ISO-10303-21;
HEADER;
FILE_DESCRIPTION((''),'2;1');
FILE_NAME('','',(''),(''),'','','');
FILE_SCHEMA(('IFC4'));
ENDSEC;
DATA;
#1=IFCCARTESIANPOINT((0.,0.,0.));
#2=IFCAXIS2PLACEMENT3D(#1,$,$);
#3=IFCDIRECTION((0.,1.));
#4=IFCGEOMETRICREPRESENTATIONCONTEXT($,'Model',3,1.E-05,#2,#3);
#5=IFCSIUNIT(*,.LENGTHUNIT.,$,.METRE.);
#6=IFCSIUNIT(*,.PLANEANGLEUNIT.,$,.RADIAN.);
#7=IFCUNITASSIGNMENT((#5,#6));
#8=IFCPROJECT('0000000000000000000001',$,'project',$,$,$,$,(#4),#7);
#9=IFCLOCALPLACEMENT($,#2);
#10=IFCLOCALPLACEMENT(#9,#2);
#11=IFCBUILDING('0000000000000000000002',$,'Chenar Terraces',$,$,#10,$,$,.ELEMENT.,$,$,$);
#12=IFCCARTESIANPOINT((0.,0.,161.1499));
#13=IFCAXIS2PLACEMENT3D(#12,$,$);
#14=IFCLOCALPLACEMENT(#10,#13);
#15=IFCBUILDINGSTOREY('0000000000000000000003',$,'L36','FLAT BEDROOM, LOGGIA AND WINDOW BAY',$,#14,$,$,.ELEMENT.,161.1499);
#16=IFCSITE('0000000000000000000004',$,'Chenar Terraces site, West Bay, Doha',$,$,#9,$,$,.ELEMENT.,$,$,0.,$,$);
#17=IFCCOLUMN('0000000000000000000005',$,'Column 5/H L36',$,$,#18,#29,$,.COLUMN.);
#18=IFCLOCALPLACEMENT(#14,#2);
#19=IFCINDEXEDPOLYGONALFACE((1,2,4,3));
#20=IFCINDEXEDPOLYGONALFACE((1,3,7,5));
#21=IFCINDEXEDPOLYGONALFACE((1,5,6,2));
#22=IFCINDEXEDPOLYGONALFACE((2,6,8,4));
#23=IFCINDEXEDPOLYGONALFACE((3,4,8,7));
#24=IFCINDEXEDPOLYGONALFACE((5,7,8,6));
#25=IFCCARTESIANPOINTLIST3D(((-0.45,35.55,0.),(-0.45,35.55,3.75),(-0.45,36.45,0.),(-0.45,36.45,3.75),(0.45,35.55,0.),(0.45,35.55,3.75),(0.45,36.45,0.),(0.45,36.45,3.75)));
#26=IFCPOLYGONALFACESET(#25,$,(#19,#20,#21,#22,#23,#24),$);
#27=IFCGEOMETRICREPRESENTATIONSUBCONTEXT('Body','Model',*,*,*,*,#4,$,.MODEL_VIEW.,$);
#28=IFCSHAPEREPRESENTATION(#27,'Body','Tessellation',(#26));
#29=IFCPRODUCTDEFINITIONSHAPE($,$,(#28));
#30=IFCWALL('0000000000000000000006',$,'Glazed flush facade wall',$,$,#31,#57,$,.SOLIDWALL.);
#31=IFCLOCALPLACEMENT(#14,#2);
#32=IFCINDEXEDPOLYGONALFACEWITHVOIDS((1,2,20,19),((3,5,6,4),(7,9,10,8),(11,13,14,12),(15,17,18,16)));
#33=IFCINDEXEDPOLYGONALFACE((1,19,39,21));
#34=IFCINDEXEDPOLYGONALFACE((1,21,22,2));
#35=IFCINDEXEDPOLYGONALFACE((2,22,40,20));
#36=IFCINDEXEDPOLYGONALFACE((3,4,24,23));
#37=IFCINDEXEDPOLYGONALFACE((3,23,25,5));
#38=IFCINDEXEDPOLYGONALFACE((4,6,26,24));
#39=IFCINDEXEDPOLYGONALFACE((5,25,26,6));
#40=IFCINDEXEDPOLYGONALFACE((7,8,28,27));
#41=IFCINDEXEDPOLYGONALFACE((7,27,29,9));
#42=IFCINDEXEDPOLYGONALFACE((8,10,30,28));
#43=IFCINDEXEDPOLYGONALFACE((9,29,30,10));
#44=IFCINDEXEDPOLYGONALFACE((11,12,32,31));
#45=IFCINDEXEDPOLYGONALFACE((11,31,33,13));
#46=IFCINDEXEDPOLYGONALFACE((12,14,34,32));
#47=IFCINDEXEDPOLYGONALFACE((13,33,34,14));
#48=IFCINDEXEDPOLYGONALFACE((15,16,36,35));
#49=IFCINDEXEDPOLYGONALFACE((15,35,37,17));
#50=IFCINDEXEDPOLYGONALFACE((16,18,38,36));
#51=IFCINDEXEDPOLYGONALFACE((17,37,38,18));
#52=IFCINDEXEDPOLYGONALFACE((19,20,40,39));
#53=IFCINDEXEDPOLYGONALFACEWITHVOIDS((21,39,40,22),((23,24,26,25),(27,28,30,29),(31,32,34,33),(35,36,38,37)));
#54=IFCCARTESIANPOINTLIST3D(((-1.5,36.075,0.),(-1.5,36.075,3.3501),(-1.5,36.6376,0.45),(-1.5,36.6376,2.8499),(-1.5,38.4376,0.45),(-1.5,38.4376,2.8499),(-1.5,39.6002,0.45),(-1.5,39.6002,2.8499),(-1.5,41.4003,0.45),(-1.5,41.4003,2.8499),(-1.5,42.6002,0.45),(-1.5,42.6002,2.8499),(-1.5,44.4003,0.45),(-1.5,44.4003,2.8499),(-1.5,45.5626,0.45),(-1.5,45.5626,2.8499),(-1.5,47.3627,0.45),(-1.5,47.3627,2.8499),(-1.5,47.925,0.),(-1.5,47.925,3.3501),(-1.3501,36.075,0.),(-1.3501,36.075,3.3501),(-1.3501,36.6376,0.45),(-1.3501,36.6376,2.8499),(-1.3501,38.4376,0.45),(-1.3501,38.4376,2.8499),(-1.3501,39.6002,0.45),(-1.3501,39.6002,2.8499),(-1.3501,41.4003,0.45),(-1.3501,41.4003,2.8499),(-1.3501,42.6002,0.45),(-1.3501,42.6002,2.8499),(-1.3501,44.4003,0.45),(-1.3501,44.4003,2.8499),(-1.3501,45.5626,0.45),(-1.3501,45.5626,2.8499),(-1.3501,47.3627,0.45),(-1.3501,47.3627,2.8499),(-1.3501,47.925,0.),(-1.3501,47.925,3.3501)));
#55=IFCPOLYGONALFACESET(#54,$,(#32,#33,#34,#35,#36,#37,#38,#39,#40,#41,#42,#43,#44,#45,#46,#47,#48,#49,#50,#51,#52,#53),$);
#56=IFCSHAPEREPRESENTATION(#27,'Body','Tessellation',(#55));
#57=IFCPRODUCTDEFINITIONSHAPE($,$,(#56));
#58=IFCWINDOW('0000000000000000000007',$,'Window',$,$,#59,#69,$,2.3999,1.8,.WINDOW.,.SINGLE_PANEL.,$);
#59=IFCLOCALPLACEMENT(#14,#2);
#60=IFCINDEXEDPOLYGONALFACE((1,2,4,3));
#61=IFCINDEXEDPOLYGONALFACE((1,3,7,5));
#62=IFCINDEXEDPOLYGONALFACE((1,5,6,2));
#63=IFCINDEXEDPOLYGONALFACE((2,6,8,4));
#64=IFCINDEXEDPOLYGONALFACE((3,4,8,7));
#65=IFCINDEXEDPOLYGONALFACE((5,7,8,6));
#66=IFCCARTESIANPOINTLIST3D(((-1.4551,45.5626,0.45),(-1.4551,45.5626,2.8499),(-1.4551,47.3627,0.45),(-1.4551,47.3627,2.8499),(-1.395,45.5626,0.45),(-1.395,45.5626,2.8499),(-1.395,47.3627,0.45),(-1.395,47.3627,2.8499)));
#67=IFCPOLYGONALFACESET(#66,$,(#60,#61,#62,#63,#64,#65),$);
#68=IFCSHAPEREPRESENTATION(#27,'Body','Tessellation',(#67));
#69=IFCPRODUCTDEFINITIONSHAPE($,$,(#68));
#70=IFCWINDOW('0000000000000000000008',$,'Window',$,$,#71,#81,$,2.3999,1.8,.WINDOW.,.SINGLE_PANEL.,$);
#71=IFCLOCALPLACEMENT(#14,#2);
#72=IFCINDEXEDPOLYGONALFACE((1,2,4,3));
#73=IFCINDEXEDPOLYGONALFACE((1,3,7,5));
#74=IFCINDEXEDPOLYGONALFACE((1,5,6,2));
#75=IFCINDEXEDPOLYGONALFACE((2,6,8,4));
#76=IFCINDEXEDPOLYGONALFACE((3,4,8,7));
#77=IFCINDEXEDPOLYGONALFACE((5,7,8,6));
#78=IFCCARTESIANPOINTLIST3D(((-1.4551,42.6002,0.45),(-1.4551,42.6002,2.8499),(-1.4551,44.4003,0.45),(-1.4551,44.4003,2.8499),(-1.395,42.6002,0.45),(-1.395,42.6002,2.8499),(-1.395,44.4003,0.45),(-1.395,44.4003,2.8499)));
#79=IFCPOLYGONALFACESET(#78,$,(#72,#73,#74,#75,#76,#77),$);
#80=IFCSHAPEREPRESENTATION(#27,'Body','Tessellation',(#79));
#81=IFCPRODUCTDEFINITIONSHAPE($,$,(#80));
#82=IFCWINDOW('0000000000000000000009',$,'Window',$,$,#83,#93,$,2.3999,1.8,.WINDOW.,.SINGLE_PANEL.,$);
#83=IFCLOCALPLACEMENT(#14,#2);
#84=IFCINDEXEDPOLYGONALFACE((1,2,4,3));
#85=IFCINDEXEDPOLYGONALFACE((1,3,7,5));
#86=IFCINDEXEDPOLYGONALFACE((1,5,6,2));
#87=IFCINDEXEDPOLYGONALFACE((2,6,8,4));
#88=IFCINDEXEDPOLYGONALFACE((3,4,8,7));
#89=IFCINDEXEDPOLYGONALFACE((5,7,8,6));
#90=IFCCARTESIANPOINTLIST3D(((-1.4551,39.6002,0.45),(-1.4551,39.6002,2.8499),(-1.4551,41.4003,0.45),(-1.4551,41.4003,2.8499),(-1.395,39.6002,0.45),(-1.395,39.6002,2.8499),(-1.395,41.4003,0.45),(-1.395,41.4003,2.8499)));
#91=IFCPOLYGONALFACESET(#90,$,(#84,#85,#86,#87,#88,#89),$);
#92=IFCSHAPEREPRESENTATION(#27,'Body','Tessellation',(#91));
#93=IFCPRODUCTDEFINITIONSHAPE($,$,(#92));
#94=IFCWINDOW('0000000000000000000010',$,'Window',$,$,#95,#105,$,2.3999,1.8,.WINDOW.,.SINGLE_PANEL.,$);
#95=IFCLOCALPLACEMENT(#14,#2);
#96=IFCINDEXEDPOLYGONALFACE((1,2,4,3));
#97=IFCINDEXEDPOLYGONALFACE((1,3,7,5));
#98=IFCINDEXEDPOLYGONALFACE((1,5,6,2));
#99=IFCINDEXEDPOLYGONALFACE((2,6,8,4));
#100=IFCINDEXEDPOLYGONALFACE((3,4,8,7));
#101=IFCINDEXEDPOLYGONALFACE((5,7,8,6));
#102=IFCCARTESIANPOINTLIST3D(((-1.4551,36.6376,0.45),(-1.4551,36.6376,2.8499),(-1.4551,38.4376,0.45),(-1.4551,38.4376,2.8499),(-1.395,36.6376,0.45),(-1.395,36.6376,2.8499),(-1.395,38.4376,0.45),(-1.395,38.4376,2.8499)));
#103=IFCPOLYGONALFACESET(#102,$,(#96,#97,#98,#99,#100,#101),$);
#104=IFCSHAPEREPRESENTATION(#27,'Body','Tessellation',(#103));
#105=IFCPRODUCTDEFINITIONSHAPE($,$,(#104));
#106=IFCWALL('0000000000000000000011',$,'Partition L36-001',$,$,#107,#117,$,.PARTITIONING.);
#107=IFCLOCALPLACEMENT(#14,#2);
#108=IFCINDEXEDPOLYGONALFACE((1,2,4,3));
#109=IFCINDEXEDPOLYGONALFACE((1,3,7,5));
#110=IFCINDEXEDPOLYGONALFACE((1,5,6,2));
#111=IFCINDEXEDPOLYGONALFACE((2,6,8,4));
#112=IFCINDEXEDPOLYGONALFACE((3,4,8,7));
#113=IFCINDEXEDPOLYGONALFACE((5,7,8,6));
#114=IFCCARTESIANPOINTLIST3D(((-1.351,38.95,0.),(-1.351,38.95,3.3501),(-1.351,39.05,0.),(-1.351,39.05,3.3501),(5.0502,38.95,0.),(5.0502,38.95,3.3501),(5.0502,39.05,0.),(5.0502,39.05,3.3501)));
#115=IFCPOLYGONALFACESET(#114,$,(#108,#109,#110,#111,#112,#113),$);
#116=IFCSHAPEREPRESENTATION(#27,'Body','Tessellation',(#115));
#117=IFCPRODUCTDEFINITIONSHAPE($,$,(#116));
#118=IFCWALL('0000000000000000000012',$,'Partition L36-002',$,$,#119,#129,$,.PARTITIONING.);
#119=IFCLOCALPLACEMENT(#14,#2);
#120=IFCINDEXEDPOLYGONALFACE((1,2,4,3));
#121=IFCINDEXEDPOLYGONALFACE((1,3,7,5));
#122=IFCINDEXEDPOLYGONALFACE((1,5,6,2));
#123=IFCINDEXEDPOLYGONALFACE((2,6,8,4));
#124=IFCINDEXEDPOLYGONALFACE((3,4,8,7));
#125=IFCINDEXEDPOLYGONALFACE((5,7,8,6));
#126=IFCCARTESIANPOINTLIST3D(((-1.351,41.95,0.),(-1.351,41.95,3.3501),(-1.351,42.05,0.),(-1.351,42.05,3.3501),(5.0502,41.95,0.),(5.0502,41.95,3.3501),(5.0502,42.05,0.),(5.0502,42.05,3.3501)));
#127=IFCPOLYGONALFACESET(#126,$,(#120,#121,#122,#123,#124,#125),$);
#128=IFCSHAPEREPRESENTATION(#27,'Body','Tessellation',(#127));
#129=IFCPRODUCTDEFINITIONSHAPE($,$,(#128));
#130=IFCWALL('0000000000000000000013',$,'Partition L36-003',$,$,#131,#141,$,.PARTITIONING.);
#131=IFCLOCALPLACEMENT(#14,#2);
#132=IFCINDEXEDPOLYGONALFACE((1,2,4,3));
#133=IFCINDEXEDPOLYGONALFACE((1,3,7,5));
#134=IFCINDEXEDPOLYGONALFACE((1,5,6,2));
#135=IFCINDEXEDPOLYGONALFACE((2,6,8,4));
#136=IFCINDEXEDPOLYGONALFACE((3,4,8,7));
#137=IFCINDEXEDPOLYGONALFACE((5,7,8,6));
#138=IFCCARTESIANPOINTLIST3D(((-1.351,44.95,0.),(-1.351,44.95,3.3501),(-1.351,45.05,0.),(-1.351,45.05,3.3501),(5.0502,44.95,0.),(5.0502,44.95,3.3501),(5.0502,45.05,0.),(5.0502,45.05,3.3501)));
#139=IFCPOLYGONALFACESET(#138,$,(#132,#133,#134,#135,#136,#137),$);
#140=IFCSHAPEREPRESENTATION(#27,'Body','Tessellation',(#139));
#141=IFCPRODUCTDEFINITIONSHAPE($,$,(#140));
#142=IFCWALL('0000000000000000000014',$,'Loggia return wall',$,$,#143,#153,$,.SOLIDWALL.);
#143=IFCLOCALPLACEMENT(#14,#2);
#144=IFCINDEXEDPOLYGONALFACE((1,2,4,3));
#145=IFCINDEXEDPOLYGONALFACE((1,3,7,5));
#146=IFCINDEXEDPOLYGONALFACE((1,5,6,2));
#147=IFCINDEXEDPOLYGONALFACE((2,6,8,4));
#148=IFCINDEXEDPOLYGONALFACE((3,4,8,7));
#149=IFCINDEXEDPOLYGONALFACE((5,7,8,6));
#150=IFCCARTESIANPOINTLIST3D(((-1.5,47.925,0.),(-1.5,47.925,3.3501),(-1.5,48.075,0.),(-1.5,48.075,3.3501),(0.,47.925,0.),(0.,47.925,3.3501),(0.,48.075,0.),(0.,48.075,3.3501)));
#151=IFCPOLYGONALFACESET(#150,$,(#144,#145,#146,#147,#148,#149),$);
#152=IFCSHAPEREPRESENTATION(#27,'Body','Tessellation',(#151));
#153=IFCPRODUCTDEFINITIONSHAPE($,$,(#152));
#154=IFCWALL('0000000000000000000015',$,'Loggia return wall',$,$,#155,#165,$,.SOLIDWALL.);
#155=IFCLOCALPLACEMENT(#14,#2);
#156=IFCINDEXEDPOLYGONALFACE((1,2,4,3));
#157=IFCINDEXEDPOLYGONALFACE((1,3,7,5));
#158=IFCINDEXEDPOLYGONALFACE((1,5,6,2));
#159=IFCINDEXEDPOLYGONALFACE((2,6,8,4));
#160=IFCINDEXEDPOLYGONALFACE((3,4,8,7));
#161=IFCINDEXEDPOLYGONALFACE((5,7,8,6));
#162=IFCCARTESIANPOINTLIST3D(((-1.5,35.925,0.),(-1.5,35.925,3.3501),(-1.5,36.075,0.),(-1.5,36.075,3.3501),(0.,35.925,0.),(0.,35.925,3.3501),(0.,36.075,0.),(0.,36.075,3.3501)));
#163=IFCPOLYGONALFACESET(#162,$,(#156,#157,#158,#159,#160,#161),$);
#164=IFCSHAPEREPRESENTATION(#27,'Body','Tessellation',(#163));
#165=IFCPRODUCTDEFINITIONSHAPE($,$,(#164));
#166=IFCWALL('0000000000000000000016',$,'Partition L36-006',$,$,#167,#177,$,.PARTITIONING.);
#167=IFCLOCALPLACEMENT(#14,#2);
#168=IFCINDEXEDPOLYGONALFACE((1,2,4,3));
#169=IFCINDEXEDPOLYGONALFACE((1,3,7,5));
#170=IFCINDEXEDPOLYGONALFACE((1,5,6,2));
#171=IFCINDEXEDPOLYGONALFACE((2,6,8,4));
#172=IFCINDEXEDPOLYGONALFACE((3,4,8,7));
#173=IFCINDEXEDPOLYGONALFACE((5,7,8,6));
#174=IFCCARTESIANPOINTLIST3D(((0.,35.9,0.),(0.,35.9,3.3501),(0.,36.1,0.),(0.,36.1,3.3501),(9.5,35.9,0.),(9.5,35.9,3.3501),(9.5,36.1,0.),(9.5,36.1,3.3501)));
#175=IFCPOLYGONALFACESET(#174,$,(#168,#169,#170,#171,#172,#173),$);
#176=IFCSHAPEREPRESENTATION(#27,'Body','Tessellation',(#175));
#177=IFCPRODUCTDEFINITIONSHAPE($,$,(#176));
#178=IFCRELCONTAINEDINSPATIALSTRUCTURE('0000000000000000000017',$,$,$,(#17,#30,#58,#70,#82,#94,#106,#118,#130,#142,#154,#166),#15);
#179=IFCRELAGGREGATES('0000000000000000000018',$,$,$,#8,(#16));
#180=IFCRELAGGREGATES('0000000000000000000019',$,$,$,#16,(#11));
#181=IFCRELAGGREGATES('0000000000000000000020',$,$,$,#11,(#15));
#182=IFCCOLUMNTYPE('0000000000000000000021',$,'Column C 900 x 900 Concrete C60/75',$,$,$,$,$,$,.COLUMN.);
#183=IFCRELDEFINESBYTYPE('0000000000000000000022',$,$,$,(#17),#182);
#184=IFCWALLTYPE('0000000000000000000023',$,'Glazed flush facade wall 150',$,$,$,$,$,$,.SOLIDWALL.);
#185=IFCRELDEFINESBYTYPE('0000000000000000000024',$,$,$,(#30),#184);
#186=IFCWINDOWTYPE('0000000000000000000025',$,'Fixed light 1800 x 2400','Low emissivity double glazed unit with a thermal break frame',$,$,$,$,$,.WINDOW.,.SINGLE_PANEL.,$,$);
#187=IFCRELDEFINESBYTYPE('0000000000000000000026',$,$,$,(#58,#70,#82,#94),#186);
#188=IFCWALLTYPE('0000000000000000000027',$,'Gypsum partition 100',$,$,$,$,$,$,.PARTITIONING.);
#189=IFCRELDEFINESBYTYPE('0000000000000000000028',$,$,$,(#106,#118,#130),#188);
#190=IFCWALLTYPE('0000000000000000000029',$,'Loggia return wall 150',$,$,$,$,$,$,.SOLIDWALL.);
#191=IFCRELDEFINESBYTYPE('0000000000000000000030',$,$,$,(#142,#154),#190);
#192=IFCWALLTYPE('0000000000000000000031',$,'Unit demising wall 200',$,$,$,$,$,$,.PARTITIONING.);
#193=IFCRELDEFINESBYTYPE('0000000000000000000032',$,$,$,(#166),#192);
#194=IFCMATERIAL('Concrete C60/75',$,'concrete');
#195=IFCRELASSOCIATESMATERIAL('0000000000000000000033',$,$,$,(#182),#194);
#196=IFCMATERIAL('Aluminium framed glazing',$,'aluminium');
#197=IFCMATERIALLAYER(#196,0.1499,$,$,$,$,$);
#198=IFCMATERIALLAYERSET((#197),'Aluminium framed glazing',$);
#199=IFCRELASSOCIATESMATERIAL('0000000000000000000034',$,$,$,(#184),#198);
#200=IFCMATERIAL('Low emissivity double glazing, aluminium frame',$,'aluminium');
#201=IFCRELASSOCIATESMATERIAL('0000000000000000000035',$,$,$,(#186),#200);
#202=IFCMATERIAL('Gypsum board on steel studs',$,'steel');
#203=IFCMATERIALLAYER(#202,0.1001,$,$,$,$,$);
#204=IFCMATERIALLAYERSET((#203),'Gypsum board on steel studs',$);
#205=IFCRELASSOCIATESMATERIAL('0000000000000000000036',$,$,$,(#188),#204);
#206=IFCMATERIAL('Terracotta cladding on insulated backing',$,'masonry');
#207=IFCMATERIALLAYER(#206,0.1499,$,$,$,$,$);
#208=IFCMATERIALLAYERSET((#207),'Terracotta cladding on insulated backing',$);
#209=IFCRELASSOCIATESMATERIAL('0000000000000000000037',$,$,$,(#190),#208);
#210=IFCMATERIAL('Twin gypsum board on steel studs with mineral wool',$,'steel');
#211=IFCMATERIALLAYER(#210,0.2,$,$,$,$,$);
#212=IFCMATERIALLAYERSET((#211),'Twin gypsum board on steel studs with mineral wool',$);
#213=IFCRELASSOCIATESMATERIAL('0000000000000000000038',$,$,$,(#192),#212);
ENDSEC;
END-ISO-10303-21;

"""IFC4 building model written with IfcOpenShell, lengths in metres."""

from ifc_helpers import new_model, si_unit, direction, frame, frame_2d, origin, origin_2d, place, context, subcontext, project, spatial, rectangle, extrude, material, layer, layer_set, material_profile, profile_set, type_object, element, fill, save


model = new_model("IFC4")

# Units and contexts
model_context = context("Model", 3, precision=1e-05, world=origin(), true_north=direction((0.0, 1.0)))
body_context = subcontext(model_context, "Body", "Model", "MODEL_VIEW")
ifc_project = project(units=[si_unit("LENGTHUNIT", "METRE"), si_unit("PLANEANGLEUNIT", "RADIAN")], contexts=[model_context])

# Site, building, storey
site_placement = place(None, origin())
site = spatial("IfcSite", under=ifc_project, at=site_placement, Name="Chenar Terraces site, West Bay, Doha", CompositionType="ELEMENT", RefElevation=0.0)
building_placement = place(site_placement, origin())
building = spatial("IfcBuilding", under=site, at=building_placement, Name="Chenar Terraces", CompositionType="ELEMENT")
storey_placement = place(building_placement, frame((0.0, 0.0, 161.1499)))
storey = spatial("IfcBuildingStorey", under=building, at=storey_placement, Name="L36", Description="FLAT BEDROOM, LOGGIA AND WINDOW BAY", CompositionType="ELEMENT", Elevation=161.1499)

# Column
ifc_material_1 = material(Name="Concrete C60/75", Category="concrete")
ifc_material_profile = material_profile(ifc_material_1, rectangle(XDim=0.8999, YDim=0.8999, at=origin_2d()), Name="C 900 x 900")
ifc_profile_set = profile_set([ifc_material_profile], Name="Concrete C60/75")
column_type = type_object("IfcColumnType", Name="Column C 900 x 900 Concrete C60/75", PredefinedType="COLUMN", material=ifc_profile_set)
placement = place(storey_placement, frame((0.0, 36.0, 0.0), z_axis=(0.0, 0.0, 1.0), x_axis=(1.0, 0.0, 0.0)))
element("IfcColumn", 1, at=placement, inside=storey, type_object=column_type, Name="Column 5/H L36", PredefinedType="COLUMN", context=body_context, shape_type="SweptSolid", body=[
    extrude(rectangle(XDim=0.8999, YDim=0.8999, at=origin_2d()), origin(), (0.0, 0.0, 1.0), 3.75),
])

# Wall, openings, windows
ifc_material_2 = material(Name="Aluminium framed glazing", Category="aluminium")
ifc_layer_1 = layer(ifc_material_2, 0.1499)
ifc_layer_set_1 = layer_set([ifc_layer_1], Name="Aluminium framed glazing")
wall_type_1 = type_object("IfcWallType", Name="Glazed flush facade wall 150", PredefinedType="SOLIDWALL", material=ifc_layer_set_1)
wall_1_placement = place(storey_placement, frame((-1.425, 47.925, 0.0), z_axis=(0.0, 0.0, 1.0), x_axis=(0.0, -1.0, 0.0)))
wall_1 = element("IfcWall", 2, at=wall_1_placement, inside=storey, type_object=wall_type_1, Name="Glazed flush facade wall", PredefinedType="SOLIDWALL", context=body_context, shape_type="SweptSolid", body=[
    extrude(rectangle(XDim=11.8501, YDim=0.1499, at=frame_2d((5.925, 0.0))), origin(), (0.0, 0.0, 1.0), 3.3501),
])
opening_1_placement = place(wall_1_placement, frame((0.5625, 0.0, 0.45)))
opening_1 = element("IfcOpeningElement", 3, at=opening_1_placement, cuts=wall_1, PredefinedType="OPENING", context=body_context, shape_type="SweptSolid", body=[
    extrude(rectangle(XDim=1.8, YDim=2.3999, at=frame_2d((0.8999, 1.2))), frame((0.0, 0.085, 0.0), z_axis=(0.0, -1.0, 0.0), x_axis=(1.0, 0.0, 0.0)), (0.0, 0.0, 1.0), 0.1699),
])
opening_2_placement = place(wall_1_placement, frame((3.5249, 0.0, 0.45)))
opening_2 = element("IfcOpeningElement", 4, at=opening_2_placement, cuts=wall_1, PredefinedType="OPENING", context=body_context, shape_type="SweptSolid", body=[
    extrude(rectangle(XDim=1.8, YDim=2.3999, at=frame_2d((0.8999, 1.2))), frame((0.0, 0.085, 0.0), z_axis=(0.0, -1.0, 0.0), x_axis=(1.0, 0.0, 0.0)), (0.0, 0.0, 1.0), 0.1699),
])
opening_3_placement = place(wall_1_placement, frame((6.5249, 0.0, 0.45)))
opening_3 = element("IfcOpeningElement", 5, at=opening_3_placement, cuts=wall_1, PredefinedType="OPENING", context=body_context, shape_type="SweptSolid", body=[
    extrude(rectangle(XDim=1.8, YDim=2.3999, at=frame_2d((0.8999, 1.2))), frame((0.0, 0.085, 0.0), z_axis=(0.0, -1.0, 0.0), x_axis=(1.0, 0.0, 0.0)), (0.0, 0.0, 1.0), 0.1699),
])
opening_4_placement = place(wall_1_placement, frame((9.4875, 0.0, 0.45)))
opening_4 = element("IfcOpeningElement", 6, at=opening_4_placement, cuts=wall_1, PredefinedType="OPENING", context=body_context, shape_type="SweptSolid", body=[
    extrude(rectangle(XDim=1.8, YDim=2.3999, at=frame_2d((0.8999, 1.2))), frame((0.0, 0.085, 0.0), z_axis=(0.0, -1.0, 0.0), x_axis=(1.0, 0.0, 0.0)), (0.0, 0.0, 1.0), 0.1699),
])
ifc_material_3 = material(Name="Low emissivity double glazing, aluminium frame", Category="aluminium")
window_type = type_object("IfcWindowType", Name="Fixed light 1800 x 2400", Description="Low emissivity double glazed unit with a thermal break frame", PartitioningType="SINGLE_PANEL", PredefinedType="WINDOW", material=ifc_material_3)
window_1_placement = place(opening_1_placement, origin())
window_1 = element("IfcWindow", 7, at=window_1_placement, inside=storey, type_object=window_type, Name="Window", OverallHeight=2.3999, OverallWidth=1.8, PartitioningType="SINGLE_PANEL", PredefinedType="WINDOW", context=body_context, shape_type="SweptSolid", body=[
    extrude(rectangle(XDim=1.8, YDim=2.3999, at=frame_2d((0.8999, 1.2))), frame((0.0, 0.03, 0.0), z_axis=(0.0, -1.0, 0.0), x_axis=(1.0, 0.0, 0.0)), (0.0, 0.0, 1.0), 0.0601),
])
fill(opening_1, window_1)
window_2_placement = place(opening_2_placement, origin())
window_2 = element("IfcWindow", 8, at=window_2_placement, inside=storey, type_object=window_type, Name="Window", OverallHeight=2.3999, OverallWidth=1.8, PartitioningType="SINGLE_PANEL", PredefinedType="WINDOW", context=body_context, shape_type="SweptSolid", body=[
    extrude(rectangle(XDim=1.8, YDim=2.3999, at=frame_2d((0.8999, 1.2))), frame((0.0, 0.03, 0.0), z_axis=(0.0, -1.0, 0.0), x_axis=(1.0, 0.0, 0.0)), (0.0, 0.0, 1.0), 0.0601),
])
fill(opening_2, window_2)
window_3_placement = place(opening_3_placement, origin())
window_3 = element("IfcWindow", 9, at=window_3_placement, inside=storey, type_object=window_type, Name="Window", OverallHeight=2.3999, OverallWidth=1.8, PartitioningType="SINGLE_PANEL", PredefinedType="WINDOW", context=body_context, shape_type="SweptSolid", body=[
    extrude(rectangle(XDim=1.8, YDim=2.3999, at=frame_2d((0.8999, 1.2))), frame((0.0, 0.03, 0.0), z_axis=(0.0, -1.0, 0.0), x_axis=(1.0, 0.0, 0.0)), (0.0, 0.0, 1.0), 0.0601),
])
fill(opening_3, window_3)
window_4_placement = place(opening_4_placement, origin())
window_4 = element("IfcWindow", 10, at=window_4_placement, inside=storey, type_object=window_type, Name="Window", OverallHeight=2.3999, OverallWidth=1.8, PartitioningType="SINGLE_PANEL", PredefinedType="WINDOW", context=body_context, shape_type="SweptSolid", body=[
    extrude(rectangle(XDim=1.8, YDim=2.3999, at=frame_2d((0.8999, 1.2))), frame((0.0, 0.03, 0.0), z_axis=(0.0, -1.0, 0.0), x_axis=(1.0, 0.0, 0.0)), (0.0, 0.0, 1.0), 0.0601),
])
fill(opening_4, window_4)

# Walls
ifc_material_4 = material(Name="Gypsum board on steel studs", Category="steel")
ifc_layer_2 = layer(ifc_material_4, 0.1001)
ifc_layer_set_2 = layer_set([ifc_layer_2], Name="Gypsum board on steel studs")
wall_type_2 = type_object("IfcWallType", Name="Gypsum partition 100", PredefinedType="PARTITIONING", material=ifc_layer_set_2)
for number, where, z_axis, x_axis, name in (
    (11, (-1.3511, 39.0, 0.0), (0.0, 0.0, 1.0), (1.0, 0.0, 0.0), "Partition L36-001"),
    (12, (-1.3511, 42.0, 0.0), (0.0, 0.0, 1.0), (1.0, 0.0, 0.0), "Partition L36-002"),
    (13, (-1.3511, 45.0, 0.0), (0.0, 0.0, 1.0), (1.0, 0.0, 0.0), "Partition L36-003"),
):
    element("IfcWall", number, at=place(storey_placement, frame(where, z_axis=z_axis, x_axis=x_axis)), inside=storey, type_object=wall_type_2, Name=name, PredefinedType="PARTITIONING", context=body_context, shape_type="SweptSolid", body=[
        extrude(rectangle(XDim=6.4011, YDim=0.1001, at=frame_2d((3.2007, 0.0))), origin(), (0.0, 0.0, 1.0), 3.3501),
    ])
ifc_material_5 = material(Name="Terracotta cladding on insulated backing", Category="masonry")
ifc_layer_3 = layer(ifc_material_5, 0.1499)
ifc_layer_set_3 = layer_set([ifc_layer_3], Name="Terracotta cladding on insulated backing")
wall_type_3 = type_object("IfcWallType", Name="Loggia return wall 150", PredefinedType="SOLIDWALL", material=ifc_layer_set_3)
for number, where, z_axis, x_axis, name in (
    (14, (-1.5, 48.0, 0.0), (0.0, 0.0, 1.0), (1.0, 0.0, 0.0), "Loggia return wall"),
    (15, (-1.5, 36.0, 0.0), (0.0, 0.0, 1.0), (1.0, 0.0, 0.0), "Loggia return wall"),
):
    element("IfcWall", number, at=place(storey_placement, frame(where, z_axis=z_axis, x_axis=x_axis)), inside=storey, type_object=wall_type_3, Name=name, PredefinedType="SOLIDWALL", context=body_context, shape_type="SweptSolid", body=[
        extrude(rectangle(XDim=1.5, YDim=0.1499, at=frame_2d((0.75, 0.0))), origin(), (0.0, 0.0, 1.0), 3.3501),
    ])
ifc_material_6 = material(Name="Twin gypsum board on steel studs with mineral wool", Category="steel")
ifc_layer_4 = layer(ifc_material_6, 0.2)
ifc_layer_set_4 = layer_set([ifc_layer_4], Name="Twin gypsum board on steel studs with mineral wool")
wall_type_4 = type_object("IfcWallType", Name="Unit demising wall 200", PredefinedType="PARTITIONING", material=ifc_layer_set_4)
element("IfcWall", 16, at=placement, inside=storey, type_object=wall_type_4, Name="Partition L36-006", PredefinedType="PARTITIONING", context=body_context, shape_type="SweptSolid", body=[
    extrude(rectangle(XDim=9.5, YDim=0.2, at=frame_2d((4.75, 0.0))), origin(), (0.0, 0.0, 1.0), 3.3501),
])

save(model, "model.ifc")
